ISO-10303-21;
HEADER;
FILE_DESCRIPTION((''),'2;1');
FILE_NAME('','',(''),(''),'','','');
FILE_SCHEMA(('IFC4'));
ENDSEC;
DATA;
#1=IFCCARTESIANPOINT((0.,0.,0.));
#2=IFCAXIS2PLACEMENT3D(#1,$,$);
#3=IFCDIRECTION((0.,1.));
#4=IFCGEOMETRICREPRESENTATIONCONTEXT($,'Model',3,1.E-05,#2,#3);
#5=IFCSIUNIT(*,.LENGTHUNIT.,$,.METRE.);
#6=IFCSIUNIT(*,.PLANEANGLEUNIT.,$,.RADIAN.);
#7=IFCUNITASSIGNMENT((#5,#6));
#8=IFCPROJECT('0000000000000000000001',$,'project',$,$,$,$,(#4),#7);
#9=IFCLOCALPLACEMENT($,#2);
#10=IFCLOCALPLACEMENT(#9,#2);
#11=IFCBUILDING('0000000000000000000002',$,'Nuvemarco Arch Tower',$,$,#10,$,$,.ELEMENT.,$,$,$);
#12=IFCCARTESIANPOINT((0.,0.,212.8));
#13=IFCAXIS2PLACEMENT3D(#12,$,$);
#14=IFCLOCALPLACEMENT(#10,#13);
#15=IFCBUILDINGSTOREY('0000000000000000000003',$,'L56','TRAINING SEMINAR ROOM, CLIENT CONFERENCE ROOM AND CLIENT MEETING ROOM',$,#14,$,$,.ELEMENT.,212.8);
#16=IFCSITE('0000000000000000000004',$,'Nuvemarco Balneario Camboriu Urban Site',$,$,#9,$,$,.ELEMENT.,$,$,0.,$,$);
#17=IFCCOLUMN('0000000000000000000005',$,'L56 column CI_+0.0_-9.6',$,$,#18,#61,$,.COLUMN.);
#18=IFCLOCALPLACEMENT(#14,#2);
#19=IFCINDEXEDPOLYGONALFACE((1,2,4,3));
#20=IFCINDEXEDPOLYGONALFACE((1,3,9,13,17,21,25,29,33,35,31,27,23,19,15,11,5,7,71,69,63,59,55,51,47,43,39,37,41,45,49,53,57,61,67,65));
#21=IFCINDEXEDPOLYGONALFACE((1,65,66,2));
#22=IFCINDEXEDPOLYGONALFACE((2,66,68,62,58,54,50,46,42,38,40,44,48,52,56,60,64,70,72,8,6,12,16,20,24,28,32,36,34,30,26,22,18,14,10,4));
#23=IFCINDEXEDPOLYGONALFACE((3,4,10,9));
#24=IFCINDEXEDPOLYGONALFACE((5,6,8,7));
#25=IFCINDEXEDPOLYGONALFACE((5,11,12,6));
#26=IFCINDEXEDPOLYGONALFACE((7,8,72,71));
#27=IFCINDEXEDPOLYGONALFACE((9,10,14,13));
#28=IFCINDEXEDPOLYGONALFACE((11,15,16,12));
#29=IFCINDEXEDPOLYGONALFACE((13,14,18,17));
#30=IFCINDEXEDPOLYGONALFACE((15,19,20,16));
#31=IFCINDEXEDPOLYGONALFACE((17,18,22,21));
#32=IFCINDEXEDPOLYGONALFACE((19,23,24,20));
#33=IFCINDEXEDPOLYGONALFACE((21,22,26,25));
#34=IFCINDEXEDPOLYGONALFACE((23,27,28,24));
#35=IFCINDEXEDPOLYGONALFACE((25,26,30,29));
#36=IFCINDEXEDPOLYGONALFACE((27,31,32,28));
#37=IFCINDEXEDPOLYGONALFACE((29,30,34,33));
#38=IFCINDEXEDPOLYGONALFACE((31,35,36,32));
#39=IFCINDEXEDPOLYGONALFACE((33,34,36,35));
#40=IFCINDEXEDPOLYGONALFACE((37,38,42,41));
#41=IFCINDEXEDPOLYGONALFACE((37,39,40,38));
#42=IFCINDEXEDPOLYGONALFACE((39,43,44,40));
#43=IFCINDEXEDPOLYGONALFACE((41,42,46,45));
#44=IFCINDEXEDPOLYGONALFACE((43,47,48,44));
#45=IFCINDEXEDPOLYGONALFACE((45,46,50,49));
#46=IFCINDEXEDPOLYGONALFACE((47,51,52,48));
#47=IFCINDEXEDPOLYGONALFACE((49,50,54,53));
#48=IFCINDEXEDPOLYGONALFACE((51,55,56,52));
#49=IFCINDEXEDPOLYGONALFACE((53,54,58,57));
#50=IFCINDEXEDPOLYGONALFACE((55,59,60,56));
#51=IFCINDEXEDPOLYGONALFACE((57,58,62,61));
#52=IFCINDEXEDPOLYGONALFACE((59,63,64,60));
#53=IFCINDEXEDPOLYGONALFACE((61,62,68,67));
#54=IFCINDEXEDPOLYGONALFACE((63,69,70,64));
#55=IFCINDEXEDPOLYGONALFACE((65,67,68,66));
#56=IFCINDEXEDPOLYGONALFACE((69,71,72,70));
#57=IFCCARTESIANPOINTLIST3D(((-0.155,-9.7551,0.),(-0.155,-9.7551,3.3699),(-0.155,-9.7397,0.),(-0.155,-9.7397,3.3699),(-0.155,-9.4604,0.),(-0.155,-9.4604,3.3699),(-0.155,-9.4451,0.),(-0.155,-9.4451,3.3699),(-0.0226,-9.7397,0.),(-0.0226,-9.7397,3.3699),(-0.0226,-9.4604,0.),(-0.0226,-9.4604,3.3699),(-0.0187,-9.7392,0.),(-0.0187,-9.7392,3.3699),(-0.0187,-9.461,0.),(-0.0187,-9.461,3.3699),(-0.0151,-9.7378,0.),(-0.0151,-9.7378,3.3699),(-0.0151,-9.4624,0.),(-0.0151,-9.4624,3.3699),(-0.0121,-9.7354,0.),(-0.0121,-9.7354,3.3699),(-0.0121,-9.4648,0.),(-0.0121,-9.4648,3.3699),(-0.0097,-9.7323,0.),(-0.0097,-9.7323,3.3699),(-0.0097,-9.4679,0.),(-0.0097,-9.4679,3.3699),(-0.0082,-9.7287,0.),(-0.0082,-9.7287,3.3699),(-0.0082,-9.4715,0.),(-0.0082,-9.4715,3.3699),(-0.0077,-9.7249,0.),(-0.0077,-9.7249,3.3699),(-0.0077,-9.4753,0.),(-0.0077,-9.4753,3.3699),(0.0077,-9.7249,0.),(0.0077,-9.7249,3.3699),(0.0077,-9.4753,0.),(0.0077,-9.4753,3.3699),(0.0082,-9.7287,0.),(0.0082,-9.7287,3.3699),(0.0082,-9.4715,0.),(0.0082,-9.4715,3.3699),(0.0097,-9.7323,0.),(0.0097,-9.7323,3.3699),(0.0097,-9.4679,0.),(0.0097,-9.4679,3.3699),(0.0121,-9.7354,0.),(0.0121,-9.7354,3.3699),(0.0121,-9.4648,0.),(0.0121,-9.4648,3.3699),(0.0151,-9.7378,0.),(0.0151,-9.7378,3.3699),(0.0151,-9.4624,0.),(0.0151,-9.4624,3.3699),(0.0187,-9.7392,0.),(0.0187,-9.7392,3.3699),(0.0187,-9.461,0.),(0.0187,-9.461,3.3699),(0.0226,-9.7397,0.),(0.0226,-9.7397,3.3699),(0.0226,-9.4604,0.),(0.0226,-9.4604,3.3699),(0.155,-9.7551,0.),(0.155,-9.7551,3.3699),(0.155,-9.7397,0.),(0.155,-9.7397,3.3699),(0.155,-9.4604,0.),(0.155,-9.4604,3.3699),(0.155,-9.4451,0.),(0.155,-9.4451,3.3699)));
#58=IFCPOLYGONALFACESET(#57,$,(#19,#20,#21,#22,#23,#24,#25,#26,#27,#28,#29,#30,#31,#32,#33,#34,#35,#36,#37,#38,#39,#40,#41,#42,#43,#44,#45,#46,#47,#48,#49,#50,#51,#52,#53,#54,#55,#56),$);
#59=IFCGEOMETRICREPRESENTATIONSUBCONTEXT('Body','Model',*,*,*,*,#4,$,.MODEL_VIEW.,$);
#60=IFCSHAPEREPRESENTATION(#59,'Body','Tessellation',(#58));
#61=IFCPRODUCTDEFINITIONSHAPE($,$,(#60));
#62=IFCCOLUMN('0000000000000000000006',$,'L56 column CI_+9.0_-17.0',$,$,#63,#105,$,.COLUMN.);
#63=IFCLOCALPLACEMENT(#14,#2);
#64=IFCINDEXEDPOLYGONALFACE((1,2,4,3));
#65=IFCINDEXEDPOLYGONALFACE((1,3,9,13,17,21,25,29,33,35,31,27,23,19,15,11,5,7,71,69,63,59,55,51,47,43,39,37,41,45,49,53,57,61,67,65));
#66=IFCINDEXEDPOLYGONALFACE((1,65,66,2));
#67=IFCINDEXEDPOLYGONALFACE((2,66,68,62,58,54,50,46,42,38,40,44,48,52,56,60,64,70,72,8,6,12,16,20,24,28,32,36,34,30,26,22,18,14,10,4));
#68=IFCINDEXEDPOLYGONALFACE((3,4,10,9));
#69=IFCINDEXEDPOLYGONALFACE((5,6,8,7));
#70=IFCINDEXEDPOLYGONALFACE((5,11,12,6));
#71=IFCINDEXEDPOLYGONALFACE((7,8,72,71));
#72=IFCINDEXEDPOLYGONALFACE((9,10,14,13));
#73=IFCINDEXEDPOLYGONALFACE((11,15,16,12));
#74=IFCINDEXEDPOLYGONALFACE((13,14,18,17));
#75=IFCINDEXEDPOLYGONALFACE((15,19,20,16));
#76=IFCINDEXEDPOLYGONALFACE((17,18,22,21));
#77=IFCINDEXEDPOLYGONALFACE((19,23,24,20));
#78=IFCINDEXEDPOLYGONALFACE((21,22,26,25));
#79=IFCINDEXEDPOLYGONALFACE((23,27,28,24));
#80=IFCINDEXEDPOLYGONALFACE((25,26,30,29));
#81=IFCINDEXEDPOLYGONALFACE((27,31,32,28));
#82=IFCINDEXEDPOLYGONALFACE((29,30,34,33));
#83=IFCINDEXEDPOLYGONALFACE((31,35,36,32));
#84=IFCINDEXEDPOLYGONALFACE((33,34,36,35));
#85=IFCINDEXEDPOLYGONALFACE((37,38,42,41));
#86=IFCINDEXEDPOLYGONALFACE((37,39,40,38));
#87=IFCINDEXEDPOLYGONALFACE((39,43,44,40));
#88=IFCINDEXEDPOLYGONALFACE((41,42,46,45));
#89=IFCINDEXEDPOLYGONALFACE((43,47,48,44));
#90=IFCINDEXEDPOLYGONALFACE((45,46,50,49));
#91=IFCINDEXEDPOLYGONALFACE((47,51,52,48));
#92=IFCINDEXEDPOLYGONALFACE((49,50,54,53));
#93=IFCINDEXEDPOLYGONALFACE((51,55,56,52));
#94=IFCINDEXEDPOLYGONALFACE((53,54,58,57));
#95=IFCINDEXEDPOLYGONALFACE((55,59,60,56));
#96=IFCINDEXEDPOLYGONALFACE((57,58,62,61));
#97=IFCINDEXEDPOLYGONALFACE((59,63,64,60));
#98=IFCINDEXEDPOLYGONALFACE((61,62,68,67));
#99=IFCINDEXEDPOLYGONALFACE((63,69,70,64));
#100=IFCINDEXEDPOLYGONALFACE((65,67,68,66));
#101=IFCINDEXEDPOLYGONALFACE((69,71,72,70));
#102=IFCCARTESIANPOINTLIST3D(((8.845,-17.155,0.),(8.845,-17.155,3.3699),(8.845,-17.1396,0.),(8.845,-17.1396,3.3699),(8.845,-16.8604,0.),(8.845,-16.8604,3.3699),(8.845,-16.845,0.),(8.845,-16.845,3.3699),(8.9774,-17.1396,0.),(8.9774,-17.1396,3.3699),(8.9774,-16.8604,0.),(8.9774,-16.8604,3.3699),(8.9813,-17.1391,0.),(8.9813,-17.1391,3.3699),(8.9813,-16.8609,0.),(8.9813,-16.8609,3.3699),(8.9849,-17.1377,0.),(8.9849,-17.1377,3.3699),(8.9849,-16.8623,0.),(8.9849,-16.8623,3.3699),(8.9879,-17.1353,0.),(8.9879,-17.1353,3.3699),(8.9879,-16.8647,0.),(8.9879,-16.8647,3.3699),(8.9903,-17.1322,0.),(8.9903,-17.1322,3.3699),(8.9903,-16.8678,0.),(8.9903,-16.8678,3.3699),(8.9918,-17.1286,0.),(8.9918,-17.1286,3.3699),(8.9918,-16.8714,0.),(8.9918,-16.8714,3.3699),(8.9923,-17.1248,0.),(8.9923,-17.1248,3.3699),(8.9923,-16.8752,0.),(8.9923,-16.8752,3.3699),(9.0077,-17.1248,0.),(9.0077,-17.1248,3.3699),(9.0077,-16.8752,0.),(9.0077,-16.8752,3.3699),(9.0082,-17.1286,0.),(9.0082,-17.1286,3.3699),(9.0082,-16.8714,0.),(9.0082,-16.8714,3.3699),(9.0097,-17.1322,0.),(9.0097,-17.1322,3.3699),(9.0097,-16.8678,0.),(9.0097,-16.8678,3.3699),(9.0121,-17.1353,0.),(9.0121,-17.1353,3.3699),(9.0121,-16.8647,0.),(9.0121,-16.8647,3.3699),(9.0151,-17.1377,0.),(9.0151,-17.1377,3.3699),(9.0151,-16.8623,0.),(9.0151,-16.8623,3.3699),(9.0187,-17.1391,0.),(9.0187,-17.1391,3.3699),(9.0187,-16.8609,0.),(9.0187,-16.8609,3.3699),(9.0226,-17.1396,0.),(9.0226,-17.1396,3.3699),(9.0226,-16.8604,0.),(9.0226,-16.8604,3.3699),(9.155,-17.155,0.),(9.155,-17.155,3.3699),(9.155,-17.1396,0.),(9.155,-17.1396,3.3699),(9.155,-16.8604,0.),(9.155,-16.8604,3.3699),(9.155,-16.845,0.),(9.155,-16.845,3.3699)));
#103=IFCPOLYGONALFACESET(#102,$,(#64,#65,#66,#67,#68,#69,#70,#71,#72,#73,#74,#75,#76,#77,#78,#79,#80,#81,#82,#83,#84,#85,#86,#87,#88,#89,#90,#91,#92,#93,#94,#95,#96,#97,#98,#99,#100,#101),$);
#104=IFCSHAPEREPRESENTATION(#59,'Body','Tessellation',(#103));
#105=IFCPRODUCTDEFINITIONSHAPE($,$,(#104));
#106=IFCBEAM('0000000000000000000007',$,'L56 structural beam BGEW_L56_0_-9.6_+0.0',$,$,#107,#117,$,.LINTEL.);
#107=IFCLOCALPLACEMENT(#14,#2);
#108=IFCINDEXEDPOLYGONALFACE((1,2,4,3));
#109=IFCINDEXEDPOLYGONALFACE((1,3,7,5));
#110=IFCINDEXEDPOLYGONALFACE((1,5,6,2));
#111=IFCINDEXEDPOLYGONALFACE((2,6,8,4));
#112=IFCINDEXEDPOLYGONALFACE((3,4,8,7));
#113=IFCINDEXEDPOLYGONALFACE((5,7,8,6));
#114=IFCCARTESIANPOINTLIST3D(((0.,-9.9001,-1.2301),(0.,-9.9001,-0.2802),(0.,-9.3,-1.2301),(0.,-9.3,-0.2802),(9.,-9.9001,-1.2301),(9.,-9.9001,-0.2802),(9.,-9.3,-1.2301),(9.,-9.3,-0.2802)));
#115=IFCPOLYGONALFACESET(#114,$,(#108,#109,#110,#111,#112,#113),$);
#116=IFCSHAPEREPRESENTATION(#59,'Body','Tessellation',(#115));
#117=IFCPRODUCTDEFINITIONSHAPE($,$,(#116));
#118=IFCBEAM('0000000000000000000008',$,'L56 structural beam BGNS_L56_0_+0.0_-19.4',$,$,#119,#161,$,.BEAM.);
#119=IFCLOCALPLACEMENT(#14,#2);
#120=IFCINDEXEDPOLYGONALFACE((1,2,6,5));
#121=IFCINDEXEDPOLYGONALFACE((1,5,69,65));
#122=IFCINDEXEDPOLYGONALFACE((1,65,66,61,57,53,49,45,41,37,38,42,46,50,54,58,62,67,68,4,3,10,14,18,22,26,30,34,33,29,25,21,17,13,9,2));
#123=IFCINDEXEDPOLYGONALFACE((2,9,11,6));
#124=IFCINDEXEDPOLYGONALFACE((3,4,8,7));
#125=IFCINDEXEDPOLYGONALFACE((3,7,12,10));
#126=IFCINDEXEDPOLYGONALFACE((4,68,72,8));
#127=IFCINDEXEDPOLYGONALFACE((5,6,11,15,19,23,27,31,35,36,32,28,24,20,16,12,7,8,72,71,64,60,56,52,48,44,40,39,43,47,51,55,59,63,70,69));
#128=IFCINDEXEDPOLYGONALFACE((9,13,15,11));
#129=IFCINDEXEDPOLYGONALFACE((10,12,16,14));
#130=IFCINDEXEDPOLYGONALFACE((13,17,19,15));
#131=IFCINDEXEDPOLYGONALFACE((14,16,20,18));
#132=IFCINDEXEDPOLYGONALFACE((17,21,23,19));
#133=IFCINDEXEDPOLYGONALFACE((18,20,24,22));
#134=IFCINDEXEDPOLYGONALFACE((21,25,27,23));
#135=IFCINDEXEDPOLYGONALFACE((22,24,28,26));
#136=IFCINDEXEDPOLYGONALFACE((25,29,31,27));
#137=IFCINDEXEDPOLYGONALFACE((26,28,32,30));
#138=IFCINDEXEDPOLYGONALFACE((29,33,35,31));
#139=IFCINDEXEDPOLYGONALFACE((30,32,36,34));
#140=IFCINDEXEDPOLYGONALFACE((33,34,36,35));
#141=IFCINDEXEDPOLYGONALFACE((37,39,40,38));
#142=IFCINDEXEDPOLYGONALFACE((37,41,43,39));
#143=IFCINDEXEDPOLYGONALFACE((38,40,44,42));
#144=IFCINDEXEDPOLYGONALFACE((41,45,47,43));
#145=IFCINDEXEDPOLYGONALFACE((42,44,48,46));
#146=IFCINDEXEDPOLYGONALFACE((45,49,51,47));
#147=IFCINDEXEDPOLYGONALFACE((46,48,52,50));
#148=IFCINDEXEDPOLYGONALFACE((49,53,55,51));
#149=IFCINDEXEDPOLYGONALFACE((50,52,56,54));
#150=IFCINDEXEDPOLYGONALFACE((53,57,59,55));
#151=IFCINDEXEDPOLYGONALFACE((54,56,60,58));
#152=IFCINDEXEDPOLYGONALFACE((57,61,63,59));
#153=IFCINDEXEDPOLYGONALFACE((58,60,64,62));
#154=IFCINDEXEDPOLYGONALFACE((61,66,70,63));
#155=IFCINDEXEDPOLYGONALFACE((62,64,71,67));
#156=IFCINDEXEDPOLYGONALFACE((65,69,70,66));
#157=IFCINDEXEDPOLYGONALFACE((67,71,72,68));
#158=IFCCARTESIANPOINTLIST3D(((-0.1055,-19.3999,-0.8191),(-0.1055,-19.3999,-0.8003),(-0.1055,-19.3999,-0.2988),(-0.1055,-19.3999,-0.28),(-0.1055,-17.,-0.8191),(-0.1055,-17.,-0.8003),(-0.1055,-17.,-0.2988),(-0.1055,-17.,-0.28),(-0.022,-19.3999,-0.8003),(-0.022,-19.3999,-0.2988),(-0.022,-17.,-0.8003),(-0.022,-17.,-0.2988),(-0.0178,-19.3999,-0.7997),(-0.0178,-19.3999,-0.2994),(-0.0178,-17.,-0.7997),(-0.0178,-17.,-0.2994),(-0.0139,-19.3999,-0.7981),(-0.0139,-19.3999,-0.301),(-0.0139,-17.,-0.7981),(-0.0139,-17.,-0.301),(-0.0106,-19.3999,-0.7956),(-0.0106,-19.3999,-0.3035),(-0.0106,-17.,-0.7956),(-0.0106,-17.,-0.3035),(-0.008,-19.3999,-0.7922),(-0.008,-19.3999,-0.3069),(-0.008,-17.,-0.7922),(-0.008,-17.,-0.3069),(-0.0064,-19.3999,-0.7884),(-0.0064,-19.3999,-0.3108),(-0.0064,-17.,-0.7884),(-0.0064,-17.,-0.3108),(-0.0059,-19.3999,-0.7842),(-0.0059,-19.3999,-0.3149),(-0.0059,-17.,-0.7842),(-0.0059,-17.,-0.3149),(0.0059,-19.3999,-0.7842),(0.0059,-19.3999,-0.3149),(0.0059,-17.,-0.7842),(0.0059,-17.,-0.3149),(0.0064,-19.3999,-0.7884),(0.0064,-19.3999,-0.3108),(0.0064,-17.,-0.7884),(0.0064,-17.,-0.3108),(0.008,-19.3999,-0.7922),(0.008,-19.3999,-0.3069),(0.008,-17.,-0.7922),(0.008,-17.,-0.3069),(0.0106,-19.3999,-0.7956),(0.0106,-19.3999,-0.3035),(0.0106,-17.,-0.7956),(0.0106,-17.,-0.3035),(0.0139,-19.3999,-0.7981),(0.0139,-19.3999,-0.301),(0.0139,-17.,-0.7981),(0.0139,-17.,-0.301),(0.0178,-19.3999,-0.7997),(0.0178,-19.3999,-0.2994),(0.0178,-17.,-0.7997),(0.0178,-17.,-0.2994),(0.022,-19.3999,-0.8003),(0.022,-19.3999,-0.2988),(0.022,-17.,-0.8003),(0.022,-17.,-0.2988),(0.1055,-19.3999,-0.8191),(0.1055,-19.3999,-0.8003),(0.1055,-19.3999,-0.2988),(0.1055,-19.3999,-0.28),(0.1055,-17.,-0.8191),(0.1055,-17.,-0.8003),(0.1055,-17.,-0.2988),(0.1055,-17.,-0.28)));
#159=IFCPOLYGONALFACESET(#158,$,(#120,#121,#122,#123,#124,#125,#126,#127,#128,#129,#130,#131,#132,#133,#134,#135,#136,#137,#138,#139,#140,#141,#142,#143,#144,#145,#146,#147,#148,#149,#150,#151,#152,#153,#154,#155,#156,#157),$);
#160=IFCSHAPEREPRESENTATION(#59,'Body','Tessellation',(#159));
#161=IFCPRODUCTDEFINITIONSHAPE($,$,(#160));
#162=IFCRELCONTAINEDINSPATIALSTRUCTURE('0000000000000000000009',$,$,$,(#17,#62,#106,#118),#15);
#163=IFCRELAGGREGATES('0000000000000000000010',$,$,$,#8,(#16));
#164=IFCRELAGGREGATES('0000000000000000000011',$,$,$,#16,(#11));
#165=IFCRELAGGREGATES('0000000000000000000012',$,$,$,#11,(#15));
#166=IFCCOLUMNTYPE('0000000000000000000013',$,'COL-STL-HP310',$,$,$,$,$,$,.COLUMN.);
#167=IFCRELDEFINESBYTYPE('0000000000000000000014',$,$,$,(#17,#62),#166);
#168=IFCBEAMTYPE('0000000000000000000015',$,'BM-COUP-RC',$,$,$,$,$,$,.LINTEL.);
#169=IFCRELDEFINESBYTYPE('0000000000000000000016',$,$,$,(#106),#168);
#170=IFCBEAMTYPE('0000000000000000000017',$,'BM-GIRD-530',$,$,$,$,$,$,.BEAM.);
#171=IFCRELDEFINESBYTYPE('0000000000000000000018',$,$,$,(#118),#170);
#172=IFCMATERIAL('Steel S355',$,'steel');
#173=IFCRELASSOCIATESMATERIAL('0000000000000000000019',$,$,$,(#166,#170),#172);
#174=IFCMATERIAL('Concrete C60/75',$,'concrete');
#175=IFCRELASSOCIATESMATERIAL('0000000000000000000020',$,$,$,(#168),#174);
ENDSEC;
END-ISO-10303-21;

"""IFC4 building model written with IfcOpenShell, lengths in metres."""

from ifc_helpers import new_model, si_unit, direction, frame, origin, origin_2d, place, context, subcontext, project, spatial, rectangle, i_section, extrude, material, material_profile, profile_set, type_object, element, save


model = new_model("IFC4")

# Units and contexts
model_context = context("Model", 3, precision=1e-05, world=origin(), true_north=direction((0.0, 1.0)))
body_context = subcontext(model_context, "Body", "Model", "MODEL_VIEW")
ifc_project = project(units=[si_unit("LENGTHUNIT", "METRE"), si_unit("PLANEANGLEUNIT", "RADIAN")], contexts=[model_context])

# Site, building, storey
site_placement = place(None, origin())
site = spatial("IfcSite", under=ifc_project, at=site_placement, Name="Nuvemarco Balneario Camboriu Urban Site", CompositionType="ELEMENT", RefElevation=0.0)
building_placement = place(site_placement, origin())
building = spatial("IfcBuilding", under=site, at=building_placement, Name="Nuvemarco Arch Tower", CompositionType="ELEMENT")
storey_placement = place(building_placement, frame((0.0, 0.0, 212.8)))
storey = spatial("IfcBuildingStorey", under=building, at=storey_placement, Name="L56", Description="TRAINING SEMINAR ROOM, CLIENT CONFERENCE ROOM AND CLIENT MEETING ROOM", CompositionType="ELEMENT", Elevation=212.8)

# Columns
ifc_material_1 = material(Name="Steel S355", Category="steel")
ifc_material_profile_1 = material_profile(ifc_material_1, i_section(OverallWidth=0.3101, OverallDepth=0.3101, WebThickness=0.0154, FlangeThickness=0.0154, FilletRadius=0.0149, at=origin_2d()), Name="HP310x110")
ifc_profile_set_1 = profile_set([ifc_material_profile_1], Name="Steel S355")
column_type_1 = type_object("IfcColumnType", Name="COL-STL-HP310", PredefinedType="COLUMN", material=ifc_profile_set_1)
for number, where, z_axis, x_axis, name in (
    (1, (0.0, -9.6001, 0.0), (0.0, 0.0, 1.0), (1.0, 0.0, 0.0), "L56 column CI_+0.0_-9.6"),
    (2, (9.0, -17.0, 0.0), (0.0, 0.0, 1.0), (1.0, 0.0, 0.0), "L56 column CI_+9.0_-17.0"),
):
    element("IfcColumn", number, at=place(storey_placement, frame(where, z_axis=z_axis, x_axis=x_axis)), inside=storey, type_object=column_type_1, Name=name, PredefinedType="COLUMN", context=body_context, shape_type="SweptSolid", body=[
        extrude(i_section(OverallWidth=0.3101, OverallDepth=0.3101, WebThickness=0.0154, FlangeThickness=0.0154, FilletRadius=0.0149, at=origin_2d()), origin(), (0.0, 0.0, 1.0), 3.3699),
    ])

# Beams
ifc_material_2 = material(Name="Concrete C60/75", Category="concrete")
ifc_material_profile_2 = material_profile(ifc_material_2, rectangle(XDim=0.6001, YDim=0.95, at=origin_2d()), Name="RC-BM-600x950")
ifc_profile_set_2 = profile_set([ifc_material_profile_2], Name="Concrete C60/75")
beam_type_1 = type_object("IfcBeamType", Name="BM-COUP-RC", PredefinedType="LINTEL", material=ifc_profile_set_2)
beam_1_placement = place(storey_placement, frame((0.0, -9.6001, -0.7551), z_axis=(1.0, 0.0, 0.0), x_axis=(0.0, 1.0, 0.0)))
element("IfcBeam", 3, at=beam_1_placement, inside=storey, type_object=beam_type_1, Name="L56 structural beam BGEW_L56_0_-9.6_+0.0", PredefinedType="LINTEL", context=body_context, shape_type="SweptSolid", body=[
    extrude(rectangle(XDim=0.6001, YDim=0.95, at=origin_2d()), origin(), (0.0, 0.0, 1.0), 9.0),
])
ifc_material_profile_3 = material_profile(ifc_material_1, i_section(OverallWidth=0.2109, OverallDepth=0.5391, WebThickness=0.0117, FlangeThickness=0.0188, FilletRadius=0.0161, at=origin_2d()), Name="W530x109")
ifc_profile_set_3 = profile_set([ifc_material_profile_3], Name="Steel S355")
beam_type_2 = type_object("IfcBeamType", Name="BM-GIRD-530", PredefinedType="BEAM", material=ifc_profile_set_3)
beam_2_placement = place(storey_placement, frame((0.0, -19.3999, -0.5496), z_axis=(0.0, 1.0, 0.0), x_axis=(-1.0, 0.0, 0.0)))
element("IfcBeam", 4, at=beam_2_placement, inside=storey, type_object=beam_type_2, Name="L56 structural beam BGNS_L56_0_+0.0_-19.4", PredefinedType="BEAM", context=body_context, shape_type="SweptSolid", body=[
    extrude(i_section(OverallWidth=0.2109, OverallDepth=0.5391, WebThickness=0.0117, FlangeThickness=0.0188, FilletRadius=0.0161, at=origin_2d()), origin(), (0.0, 0.0, 1.0), 2.3999),
])

save(model, "model.ifc")
